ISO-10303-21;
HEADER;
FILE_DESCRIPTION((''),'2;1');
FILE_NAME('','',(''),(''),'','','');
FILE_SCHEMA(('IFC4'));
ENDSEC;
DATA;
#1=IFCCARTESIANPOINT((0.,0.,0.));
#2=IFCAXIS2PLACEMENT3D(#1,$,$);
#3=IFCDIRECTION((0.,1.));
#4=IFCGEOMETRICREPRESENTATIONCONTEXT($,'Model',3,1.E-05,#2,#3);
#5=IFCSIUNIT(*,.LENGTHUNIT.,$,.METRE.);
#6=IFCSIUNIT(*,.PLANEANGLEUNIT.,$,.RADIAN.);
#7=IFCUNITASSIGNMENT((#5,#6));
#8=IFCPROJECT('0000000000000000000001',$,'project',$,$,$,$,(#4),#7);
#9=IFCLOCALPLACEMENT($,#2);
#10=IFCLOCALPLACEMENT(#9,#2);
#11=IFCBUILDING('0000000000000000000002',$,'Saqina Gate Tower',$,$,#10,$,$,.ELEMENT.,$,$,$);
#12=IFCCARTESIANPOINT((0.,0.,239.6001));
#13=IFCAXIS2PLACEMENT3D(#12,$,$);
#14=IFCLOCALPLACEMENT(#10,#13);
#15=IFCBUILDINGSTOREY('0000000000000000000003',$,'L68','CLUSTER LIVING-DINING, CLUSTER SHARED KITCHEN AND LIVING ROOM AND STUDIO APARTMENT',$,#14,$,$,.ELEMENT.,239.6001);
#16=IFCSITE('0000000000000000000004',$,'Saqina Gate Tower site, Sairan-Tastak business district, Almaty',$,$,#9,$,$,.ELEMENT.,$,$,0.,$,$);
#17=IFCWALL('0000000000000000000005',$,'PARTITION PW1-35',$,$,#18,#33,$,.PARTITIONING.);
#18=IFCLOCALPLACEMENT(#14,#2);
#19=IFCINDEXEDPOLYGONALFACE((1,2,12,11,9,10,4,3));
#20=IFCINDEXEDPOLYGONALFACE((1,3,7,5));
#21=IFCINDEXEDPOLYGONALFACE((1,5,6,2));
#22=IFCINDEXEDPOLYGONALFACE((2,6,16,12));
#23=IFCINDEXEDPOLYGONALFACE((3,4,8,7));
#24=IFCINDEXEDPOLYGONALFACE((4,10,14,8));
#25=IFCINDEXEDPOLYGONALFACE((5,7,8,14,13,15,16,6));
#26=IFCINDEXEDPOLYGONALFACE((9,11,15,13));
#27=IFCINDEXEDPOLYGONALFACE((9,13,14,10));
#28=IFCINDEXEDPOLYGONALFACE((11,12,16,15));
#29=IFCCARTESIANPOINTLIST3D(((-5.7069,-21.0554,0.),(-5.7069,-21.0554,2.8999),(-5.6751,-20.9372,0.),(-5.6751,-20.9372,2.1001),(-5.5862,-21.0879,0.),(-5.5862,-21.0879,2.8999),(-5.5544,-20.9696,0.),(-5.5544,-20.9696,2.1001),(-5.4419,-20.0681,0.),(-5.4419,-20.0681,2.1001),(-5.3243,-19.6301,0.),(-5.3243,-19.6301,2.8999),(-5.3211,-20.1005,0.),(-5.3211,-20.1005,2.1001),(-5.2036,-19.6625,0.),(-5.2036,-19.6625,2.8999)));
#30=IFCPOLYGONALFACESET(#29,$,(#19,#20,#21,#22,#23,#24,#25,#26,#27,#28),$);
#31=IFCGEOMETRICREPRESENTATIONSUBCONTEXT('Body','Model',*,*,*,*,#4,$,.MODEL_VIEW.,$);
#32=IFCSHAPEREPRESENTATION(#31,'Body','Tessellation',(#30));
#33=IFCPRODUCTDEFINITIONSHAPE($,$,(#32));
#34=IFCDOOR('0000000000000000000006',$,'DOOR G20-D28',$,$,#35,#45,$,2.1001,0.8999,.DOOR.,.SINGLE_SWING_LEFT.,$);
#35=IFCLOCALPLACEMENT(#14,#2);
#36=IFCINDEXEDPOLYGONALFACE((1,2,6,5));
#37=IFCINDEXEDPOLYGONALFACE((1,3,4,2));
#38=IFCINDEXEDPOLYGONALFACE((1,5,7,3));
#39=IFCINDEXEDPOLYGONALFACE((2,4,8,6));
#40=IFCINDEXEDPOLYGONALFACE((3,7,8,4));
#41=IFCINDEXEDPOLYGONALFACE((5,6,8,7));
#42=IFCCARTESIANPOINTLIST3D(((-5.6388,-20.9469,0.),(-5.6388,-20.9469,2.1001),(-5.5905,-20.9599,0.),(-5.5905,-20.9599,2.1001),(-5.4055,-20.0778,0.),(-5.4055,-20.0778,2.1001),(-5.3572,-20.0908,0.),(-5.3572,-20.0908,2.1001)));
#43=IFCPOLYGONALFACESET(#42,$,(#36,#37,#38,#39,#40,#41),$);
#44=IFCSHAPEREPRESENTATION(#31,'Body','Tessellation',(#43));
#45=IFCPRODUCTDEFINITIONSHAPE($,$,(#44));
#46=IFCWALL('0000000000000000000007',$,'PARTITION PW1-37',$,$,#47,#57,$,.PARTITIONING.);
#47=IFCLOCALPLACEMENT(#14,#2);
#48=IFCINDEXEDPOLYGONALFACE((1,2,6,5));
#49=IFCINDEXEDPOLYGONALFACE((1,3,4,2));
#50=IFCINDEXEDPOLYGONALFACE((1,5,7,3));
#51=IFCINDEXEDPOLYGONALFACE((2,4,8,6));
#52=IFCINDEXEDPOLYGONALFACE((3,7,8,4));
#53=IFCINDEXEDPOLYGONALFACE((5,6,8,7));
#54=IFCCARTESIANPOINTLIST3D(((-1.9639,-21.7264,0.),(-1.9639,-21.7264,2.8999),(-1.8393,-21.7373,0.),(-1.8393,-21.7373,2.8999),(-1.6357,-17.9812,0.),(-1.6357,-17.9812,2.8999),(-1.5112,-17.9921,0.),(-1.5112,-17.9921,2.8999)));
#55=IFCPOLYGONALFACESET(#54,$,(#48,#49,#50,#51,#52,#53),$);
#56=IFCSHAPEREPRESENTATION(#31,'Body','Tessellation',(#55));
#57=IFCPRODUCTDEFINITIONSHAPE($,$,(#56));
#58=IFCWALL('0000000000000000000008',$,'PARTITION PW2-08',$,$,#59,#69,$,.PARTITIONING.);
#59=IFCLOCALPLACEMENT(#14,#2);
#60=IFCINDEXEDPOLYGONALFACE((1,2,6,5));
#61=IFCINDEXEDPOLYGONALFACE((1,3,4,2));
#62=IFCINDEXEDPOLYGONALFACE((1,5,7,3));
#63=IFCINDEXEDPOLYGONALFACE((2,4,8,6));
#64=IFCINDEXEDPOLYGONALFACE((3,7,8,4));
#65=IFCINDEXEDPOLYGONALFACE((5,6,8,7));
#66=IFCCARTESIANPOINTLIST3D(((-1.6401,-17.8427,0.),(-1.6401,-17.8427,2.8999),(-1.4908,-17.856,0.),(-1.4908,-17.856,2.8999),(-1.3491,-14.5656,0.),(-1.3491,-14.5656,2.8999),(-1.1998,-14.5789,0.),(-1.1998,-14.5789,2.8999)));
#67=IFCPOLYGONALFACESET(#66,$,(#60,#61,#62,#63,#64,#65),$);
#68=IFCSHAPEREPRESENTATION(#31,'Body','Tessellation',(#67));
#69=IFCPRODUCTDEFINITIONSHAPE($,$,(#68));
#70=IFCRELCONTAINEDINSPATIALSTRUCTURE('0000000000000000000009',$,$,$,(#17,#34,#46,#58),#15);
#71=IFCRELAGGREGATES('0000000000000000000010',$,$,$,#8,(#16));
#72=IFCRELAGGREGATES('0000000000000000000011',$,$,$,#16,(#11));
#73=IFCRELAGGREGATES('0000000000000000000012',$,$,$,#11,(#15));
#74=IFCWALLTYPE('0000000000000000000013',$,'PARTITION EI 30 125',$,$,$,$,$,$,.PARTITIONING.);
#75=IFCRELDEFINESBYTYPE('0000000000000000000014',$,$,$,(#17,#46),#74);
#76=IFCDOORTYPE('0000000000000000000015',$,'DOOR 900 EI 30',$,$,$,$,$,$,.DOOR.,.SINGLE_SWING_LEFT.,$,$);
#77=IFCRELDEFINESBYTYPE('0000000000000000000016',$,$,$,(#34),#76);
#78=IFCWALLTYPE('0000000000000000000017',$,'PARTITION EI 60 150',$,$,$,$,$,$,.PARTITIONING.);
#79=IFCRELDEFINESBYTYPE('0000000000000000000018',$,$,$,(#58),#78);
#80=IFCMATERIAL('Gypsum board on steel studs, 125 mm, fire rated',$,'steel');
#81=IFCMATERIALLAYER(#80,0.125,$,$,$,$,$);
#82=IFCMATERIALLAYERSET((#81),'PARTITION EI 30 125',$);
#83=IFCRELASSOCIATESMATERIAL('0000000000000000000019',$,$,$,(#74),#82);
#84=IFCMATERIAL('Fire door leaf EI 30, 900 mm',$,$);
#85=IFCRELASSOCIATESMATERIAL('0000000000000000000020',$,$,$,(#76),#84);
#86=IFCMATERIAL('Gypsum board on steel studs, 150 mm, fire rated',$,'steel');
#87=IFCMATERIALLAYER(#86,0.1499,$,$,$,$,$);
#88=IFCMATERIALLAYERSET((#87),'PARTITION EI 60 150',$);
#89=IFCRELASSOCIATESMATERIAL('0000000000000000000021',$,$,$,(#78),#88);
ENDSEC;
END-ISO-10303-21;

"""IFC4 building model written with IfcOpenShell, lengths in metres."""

from ifc_helpers import new_model, si_unit, direction, frame, frame_2d, origin, place, context, subcontext, project, spatial, rectangle, extrude, material, layer, layer_set, type_object, element, fill, save


model = new_model("IFC4")

# Units and contexts
model_context = context("Model", 3, precision=1e-05, world=origin(), true_north=direction((0.0, 1.0)))
body_context = subcontext(model_context, "Body", "Model", "MODEL_VIEW")
ifc_project = project(units=[si_unit("LENGTHUNIT", "METRE"), si_unit("PLANEANGLEUNIT", "RADIAN")], contexts=[model_context])

# Site, building, storey
site_placement = place(None, origin())
site = spatial("IfcSite", under=ifc_project, at=site_placement, Name="Saqina Gate Tower site, Sairan-Tastak business district, Almaty", CompositionType="ELEMENT", RefElevation=0.0)
building_placement = place(site_placement, origin())
building = spatial("IfcBuilding", under=site, at=building_placement, Name="Saqina Gate Tower", CompositionType="ELEMENT")
storey_placement = place(building_placement, frame((0.0, 0.0, 239.6001)))
storey = spatial("IfcBuildingStorey", under=building, at=storey_placement, Name="L68", Description="CLUSTER LIVING-DINING, CLUSTER SHARED KITCHEN AND LIVING ROOM AND STUDIO APARTMENT", CompositionType="ELEMENT", Elevation=239.6001)

# Shared definitions
ifc_material_1 = material(Name="Gypsum board on steel studs, 125 mm, fire rated", Category="steel")
ifc_layer_1 = layer(ifc_material_1, 0.125)
ifc_layer_set_1 = layer_set([ifc_layer_1], Name="PARTITION EI 30 125")
wall_type_1 = type_object("IfcWallType", Name="PARTITION EI 30 125", PredefinedType="PARTITIONING", material=ifc_layer_set_1)

# Shared definitions
ifc_material_2 = material(Name="Fire door leaf EI 30, 900 mm")
door_type_1 = type_object("IfcDoorType", Name="DOOR 900 EI 30", OperationType="SINGLE_SWING_LEFT", PredefinedType="DOOR", material=ifc_material_2)

# Wall, opening, door
wall_1_placement = place(storey_placement, frame((-5.6465, -21.0715, 0.0), z_axis=(0.0, 0.0, 1.0), x_axis=(0.259238, 0.965814, 0.0)))
wall_1 = element("IfcWall", 1, at=wall_1_placement, inside=storey, type_object=wall_type_1, Name="PARTITION PW1-35", PredefinedType="PARTITIONING", context=body_context, shape_type="SweptSolid", body=[
    extrude(rectangle(XDim=1.4758, YDim=0.125, at=frame_2d((0.7378, 0.0))), origin(), (0.0, 0.0, 1.0), 2.8999),
])
opening_1_placement = place(wall_1_placement, frame((0.1223, 0.0, 0.0)))
opening_1 = element("IfcOpeningElement", 2, at=opening_1_placement, cuts=wall_1, PredefinedType="OPENING", context=body_context, shape_type="SweptSolid", body=[
    extrude(rectangle(XDim=0.8999, YDim=2.1001, at=frame_2d((0.45, 1.05))), frame((0.0, 0.0745, 0.0), z_axis=(0.0, -1.0, 0.0), x_axis=(1.0, 0.0, 0.0)), (0.0, 0.0, 1.0), 0.1489),
])
door_1_placement = place(opening_1_placement, origin())
door_1 = element("IfcDoor", 3, at=door_1_placement, inside=storey, type_object=door_type_1, Name="DOOR G20-D28", OperationType="SINGLE_SWING_LEFT", OverallHeight=2.1001, OverallWidth=0.8999, PredefinedType="DOOR", context=body_context, shape_type="SweptSolid", body=[
    extrude(rectangle(XDim=0.8999, YDim=2.1001, at=frame_2d((0.45, 1.05))), frame((0.0, 0.0249, 0.0), z_axis=(0.0, -1.0, 0.0), x_axis=(1.0, 0.0, 0.0)), (0.0, 0.0, 1.0), 0.05),
])
fill(opening_1, door_1)

# Walls
wall_2_placement = place(storey_placement, frame((-1.9016, -21.7319, 0.0), z_axis=(0.0, 0.0, 1.0), x_axis=(0.08728, 0.996184, 0.0)))
element("IfcWall", 4, at=wall_2_placement, inside=storey, type_object=wall_type_1, Name="PARTITION PW1-37", PredefinedType="PARTITIONING", context=body_context, shape_type="SweptSolid", body=[
    extrude(rectangle(XDim=3.7595, YDim=0.125, at=frame_2d((1.8799, 0.0))), origin(), (0.0, 0.0, 1.0), 2.8999),
])
ifc_material_3 = material(Name="Gypsum board on steel studs, 150 mm, fire rated", Category="steel")
ifc_layer_2 = layer(ifc_material_3, 0.1499)
ifc_layer_set_2 = layer_set([ifc_layer_2], Name="PARTITION EI 60 150")
wall_type_2 = type_object("IfcWallType", Name="PARTITION EI 60 150", PredefinedType="PARTITIONING", material=ifc_layer_set_2)
wall_3_placement = place(storey_placement, frame((-1.5654, -17.8494, 0.0), z_axis=(0.0, 0.0, 1.0), x_axis=(0.088455, 0.99608, 0.0)))
element("IfcWall", 5, at=wall_3_placement, inside=storey, type_object=wall_type_2, Name="PARTITION PW2-08", PredefinedType="PARTITIONING", context=body_context, shape_type="SweptSolid", body=[
    extrude(rectangle(XDim=3.29, YDim=0.1499, at=frame_2d((1.645, 0.0))), origin(), (0.0, 0.0, 1.0), 2.8999),
])

save(model, "model.ifc")
